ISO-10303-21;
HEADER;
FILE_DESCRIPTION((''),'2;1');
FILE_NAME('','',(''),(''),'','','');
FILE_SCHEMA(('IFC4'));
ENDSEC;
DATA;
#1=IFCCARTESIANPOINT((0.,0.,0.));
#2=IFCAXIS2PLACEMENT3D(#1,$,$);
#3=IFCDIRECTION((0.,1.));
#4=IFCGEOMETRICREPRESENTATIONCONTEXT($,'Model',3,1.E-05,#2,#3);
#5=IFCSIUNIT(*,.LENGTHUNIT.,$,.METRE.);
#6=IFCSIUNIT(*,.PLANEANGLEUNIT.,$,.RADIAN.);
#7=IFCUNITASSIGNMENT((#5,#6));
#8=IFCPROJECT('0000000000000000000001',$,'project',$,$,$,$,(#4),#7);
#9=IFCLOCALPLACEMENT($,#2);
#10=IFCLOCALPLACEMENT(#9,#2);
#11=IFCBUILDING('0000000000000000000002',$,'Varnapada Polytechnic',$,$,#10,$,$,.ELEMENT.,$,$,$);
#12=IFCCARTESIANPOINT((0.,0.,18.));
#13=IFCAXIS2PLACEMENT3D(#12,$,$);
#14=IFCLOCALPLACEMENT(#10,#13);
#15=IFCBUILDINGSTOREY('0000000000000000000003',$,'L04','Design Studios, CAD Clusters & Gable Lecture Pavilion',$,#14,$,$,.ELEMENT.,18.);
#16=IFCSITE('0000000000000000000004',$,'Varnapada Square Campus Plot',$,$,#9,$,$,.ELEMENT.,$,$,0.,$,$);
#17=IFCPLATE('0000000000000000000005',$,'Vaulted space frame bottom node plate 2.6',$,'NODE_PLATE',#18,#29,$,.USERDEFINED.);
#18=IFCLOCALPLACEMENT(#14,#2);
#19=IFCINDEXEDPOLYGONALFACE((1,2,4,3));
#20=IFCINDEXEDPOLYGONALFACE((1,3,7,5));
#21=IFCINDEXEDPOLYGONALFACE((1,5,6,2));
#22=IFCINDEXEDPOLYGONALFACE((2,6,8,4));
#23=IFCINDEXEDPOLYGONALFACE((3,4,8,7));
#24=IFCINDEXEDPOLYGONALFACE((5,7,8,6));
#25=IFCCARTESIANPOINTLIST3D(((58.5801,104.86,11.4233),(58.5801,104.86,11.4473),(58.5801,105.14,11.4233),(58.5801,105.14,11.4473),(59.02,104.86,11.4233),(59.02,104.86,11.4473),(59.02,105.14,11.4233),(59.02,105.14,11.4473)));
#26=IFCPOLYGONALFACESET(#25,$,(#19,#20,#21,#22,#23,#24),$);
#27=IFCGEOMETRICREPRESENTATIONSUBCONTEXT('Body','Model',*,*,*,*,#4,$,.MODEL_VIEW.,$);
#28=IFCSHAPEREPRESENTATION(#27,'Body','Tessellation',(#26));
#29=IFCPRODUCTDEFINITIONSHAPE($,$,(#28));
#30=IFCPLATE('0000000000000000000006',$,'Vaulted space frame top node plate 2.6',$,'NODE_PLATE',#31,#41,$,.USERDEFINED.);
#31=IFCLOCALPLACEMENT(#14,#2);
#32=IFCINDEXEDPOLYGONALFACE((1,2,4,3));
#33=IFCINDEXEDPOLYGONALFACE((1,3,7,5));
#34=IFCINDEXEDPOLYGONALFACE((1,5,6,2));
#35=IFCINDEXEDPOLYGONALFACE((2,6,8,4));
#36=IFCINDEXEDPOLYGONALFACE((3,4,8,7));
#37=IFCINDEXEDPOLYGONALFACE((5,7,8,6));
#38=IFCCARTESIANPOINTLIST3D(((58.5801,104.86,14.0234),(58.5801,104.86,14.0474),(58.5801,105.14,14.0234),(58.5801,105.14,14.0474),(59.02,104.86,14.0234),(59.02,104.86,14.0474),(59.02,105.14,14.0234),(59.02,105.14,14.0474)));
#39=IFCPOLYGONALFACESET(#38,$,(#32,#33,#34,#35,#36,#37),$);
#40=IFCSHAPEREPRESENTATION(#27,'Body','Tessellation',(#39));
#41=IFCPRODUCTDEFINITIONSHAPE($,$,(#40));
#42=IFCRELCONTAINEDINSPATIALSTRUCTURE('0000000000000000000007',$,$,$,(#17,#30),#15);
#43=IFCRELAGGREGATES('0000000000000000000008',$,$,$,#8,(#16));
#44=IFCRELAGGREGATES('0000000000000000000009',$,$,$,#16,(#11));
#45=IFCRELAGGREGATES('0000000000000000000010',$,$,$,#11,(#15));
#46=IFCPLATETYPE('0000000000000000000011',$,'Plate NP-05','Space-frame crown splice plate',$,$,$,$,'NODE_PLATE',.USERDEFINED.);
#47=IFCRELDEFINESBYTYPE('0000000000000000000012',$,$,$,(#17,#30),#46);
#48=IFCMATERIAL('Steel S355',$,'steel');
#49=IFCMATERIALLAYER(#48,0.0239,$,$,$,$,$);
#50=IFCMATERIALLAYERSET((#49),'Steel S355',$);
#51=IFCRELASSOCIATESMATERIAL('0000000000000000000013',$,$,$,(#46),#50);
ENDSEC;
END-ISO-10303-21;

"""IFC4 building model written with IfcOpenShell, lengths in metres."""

from ifc_helpers import new_model, si_unit, direction, frame, origin, origin_2d, place, context, subcontext, project, spatial, rectangle, extrude, material, layer, layer_set, type_object, element, save


model = new_model("IFC4")

# Units and contexts
model_context = context("Model", 3, precision=1e-05, world=origin(), true_north=direction((0.0, 1.0)))
body_context = subcontext(model_context, "Body", "Model", "MODEL_VIEW")
ifc_project = project(units=[si_unit("LENGTHUNIT", "METRE"), si_unit("PLANEANGLEUNIT", "RADIAN")], contexts=[model_context])

# Site, building, storey
site_placement = place(None, origin())
site = spatial("IfcSite", under=ifc_project, at=site_placement, Name="Varnapada Square Campus Plot", CompositionType="ELEMENT", RefElevation=0.0)
building_placement = place(site_placement, origin())
building = spatial("IfcBuilding", under=site, at=building_placement, Name="Varnapada Polytechnic", CompositionType="ELEMENT")
storey_placement = place(building_placement, frame((0.0, 0.0, 18.0)))
storey = spatial("IfcBuildingStorey", under=building, at=storey_placement, Name="L04", Description="Design Studios, CAD Clusters & Gable Lecture Pavilion", CompositionType="ELEMENT", Elevation=18.0)

# Shared definitions
ifc_material = material(Name="Steel S355", Category="steel")

# Plates
ifc_layer_1 = layer(ifc_material, 0.0239)
ifc_layer_set_1 = layer_set([ifc_layer_1], Name="Steel S355")
plate_type_1 = type_object("IfcPlateType", Name="Plate NP-05", Description="Space-frame crown splice plate", ElementType="NODE_PLATE", PredefinedType="USERDEFINED", material=ifc_layer_set_1)
for number, where, z_axis, x_axis, name in (
    (1, (58.8, 105.0, 11.4233), (0.0, 0.0, 1.0), (1.0, 0.0, 0.0), "Vaulted space frame bottom node plate 2.6"),
    (2, (58.8, 105.0, 14.0234), (0.0, 0.0, 1.0), (1.0, 0.0, 0.0), "Vaulted space frame top node plate 2.6"),
):
    element("IfcPlate", number, at=place(storey_placement, frame(where, z_axis=z_axis, x_axis=x_axis)), inside=storey, type_object=plate_type_1, Name=name, ObjectType="NODE_PLATE", PredefinedType="USERDEFINED", context=body_context, shape_type="SweptSolid", body=[
        extrude(rectangle(XDim=0.4399, YDim=0.28, at=origin_2d()), origin(), (0.0, 0.0, 1.0), 0.0239),
    ])

save(model, "model.ifc")
